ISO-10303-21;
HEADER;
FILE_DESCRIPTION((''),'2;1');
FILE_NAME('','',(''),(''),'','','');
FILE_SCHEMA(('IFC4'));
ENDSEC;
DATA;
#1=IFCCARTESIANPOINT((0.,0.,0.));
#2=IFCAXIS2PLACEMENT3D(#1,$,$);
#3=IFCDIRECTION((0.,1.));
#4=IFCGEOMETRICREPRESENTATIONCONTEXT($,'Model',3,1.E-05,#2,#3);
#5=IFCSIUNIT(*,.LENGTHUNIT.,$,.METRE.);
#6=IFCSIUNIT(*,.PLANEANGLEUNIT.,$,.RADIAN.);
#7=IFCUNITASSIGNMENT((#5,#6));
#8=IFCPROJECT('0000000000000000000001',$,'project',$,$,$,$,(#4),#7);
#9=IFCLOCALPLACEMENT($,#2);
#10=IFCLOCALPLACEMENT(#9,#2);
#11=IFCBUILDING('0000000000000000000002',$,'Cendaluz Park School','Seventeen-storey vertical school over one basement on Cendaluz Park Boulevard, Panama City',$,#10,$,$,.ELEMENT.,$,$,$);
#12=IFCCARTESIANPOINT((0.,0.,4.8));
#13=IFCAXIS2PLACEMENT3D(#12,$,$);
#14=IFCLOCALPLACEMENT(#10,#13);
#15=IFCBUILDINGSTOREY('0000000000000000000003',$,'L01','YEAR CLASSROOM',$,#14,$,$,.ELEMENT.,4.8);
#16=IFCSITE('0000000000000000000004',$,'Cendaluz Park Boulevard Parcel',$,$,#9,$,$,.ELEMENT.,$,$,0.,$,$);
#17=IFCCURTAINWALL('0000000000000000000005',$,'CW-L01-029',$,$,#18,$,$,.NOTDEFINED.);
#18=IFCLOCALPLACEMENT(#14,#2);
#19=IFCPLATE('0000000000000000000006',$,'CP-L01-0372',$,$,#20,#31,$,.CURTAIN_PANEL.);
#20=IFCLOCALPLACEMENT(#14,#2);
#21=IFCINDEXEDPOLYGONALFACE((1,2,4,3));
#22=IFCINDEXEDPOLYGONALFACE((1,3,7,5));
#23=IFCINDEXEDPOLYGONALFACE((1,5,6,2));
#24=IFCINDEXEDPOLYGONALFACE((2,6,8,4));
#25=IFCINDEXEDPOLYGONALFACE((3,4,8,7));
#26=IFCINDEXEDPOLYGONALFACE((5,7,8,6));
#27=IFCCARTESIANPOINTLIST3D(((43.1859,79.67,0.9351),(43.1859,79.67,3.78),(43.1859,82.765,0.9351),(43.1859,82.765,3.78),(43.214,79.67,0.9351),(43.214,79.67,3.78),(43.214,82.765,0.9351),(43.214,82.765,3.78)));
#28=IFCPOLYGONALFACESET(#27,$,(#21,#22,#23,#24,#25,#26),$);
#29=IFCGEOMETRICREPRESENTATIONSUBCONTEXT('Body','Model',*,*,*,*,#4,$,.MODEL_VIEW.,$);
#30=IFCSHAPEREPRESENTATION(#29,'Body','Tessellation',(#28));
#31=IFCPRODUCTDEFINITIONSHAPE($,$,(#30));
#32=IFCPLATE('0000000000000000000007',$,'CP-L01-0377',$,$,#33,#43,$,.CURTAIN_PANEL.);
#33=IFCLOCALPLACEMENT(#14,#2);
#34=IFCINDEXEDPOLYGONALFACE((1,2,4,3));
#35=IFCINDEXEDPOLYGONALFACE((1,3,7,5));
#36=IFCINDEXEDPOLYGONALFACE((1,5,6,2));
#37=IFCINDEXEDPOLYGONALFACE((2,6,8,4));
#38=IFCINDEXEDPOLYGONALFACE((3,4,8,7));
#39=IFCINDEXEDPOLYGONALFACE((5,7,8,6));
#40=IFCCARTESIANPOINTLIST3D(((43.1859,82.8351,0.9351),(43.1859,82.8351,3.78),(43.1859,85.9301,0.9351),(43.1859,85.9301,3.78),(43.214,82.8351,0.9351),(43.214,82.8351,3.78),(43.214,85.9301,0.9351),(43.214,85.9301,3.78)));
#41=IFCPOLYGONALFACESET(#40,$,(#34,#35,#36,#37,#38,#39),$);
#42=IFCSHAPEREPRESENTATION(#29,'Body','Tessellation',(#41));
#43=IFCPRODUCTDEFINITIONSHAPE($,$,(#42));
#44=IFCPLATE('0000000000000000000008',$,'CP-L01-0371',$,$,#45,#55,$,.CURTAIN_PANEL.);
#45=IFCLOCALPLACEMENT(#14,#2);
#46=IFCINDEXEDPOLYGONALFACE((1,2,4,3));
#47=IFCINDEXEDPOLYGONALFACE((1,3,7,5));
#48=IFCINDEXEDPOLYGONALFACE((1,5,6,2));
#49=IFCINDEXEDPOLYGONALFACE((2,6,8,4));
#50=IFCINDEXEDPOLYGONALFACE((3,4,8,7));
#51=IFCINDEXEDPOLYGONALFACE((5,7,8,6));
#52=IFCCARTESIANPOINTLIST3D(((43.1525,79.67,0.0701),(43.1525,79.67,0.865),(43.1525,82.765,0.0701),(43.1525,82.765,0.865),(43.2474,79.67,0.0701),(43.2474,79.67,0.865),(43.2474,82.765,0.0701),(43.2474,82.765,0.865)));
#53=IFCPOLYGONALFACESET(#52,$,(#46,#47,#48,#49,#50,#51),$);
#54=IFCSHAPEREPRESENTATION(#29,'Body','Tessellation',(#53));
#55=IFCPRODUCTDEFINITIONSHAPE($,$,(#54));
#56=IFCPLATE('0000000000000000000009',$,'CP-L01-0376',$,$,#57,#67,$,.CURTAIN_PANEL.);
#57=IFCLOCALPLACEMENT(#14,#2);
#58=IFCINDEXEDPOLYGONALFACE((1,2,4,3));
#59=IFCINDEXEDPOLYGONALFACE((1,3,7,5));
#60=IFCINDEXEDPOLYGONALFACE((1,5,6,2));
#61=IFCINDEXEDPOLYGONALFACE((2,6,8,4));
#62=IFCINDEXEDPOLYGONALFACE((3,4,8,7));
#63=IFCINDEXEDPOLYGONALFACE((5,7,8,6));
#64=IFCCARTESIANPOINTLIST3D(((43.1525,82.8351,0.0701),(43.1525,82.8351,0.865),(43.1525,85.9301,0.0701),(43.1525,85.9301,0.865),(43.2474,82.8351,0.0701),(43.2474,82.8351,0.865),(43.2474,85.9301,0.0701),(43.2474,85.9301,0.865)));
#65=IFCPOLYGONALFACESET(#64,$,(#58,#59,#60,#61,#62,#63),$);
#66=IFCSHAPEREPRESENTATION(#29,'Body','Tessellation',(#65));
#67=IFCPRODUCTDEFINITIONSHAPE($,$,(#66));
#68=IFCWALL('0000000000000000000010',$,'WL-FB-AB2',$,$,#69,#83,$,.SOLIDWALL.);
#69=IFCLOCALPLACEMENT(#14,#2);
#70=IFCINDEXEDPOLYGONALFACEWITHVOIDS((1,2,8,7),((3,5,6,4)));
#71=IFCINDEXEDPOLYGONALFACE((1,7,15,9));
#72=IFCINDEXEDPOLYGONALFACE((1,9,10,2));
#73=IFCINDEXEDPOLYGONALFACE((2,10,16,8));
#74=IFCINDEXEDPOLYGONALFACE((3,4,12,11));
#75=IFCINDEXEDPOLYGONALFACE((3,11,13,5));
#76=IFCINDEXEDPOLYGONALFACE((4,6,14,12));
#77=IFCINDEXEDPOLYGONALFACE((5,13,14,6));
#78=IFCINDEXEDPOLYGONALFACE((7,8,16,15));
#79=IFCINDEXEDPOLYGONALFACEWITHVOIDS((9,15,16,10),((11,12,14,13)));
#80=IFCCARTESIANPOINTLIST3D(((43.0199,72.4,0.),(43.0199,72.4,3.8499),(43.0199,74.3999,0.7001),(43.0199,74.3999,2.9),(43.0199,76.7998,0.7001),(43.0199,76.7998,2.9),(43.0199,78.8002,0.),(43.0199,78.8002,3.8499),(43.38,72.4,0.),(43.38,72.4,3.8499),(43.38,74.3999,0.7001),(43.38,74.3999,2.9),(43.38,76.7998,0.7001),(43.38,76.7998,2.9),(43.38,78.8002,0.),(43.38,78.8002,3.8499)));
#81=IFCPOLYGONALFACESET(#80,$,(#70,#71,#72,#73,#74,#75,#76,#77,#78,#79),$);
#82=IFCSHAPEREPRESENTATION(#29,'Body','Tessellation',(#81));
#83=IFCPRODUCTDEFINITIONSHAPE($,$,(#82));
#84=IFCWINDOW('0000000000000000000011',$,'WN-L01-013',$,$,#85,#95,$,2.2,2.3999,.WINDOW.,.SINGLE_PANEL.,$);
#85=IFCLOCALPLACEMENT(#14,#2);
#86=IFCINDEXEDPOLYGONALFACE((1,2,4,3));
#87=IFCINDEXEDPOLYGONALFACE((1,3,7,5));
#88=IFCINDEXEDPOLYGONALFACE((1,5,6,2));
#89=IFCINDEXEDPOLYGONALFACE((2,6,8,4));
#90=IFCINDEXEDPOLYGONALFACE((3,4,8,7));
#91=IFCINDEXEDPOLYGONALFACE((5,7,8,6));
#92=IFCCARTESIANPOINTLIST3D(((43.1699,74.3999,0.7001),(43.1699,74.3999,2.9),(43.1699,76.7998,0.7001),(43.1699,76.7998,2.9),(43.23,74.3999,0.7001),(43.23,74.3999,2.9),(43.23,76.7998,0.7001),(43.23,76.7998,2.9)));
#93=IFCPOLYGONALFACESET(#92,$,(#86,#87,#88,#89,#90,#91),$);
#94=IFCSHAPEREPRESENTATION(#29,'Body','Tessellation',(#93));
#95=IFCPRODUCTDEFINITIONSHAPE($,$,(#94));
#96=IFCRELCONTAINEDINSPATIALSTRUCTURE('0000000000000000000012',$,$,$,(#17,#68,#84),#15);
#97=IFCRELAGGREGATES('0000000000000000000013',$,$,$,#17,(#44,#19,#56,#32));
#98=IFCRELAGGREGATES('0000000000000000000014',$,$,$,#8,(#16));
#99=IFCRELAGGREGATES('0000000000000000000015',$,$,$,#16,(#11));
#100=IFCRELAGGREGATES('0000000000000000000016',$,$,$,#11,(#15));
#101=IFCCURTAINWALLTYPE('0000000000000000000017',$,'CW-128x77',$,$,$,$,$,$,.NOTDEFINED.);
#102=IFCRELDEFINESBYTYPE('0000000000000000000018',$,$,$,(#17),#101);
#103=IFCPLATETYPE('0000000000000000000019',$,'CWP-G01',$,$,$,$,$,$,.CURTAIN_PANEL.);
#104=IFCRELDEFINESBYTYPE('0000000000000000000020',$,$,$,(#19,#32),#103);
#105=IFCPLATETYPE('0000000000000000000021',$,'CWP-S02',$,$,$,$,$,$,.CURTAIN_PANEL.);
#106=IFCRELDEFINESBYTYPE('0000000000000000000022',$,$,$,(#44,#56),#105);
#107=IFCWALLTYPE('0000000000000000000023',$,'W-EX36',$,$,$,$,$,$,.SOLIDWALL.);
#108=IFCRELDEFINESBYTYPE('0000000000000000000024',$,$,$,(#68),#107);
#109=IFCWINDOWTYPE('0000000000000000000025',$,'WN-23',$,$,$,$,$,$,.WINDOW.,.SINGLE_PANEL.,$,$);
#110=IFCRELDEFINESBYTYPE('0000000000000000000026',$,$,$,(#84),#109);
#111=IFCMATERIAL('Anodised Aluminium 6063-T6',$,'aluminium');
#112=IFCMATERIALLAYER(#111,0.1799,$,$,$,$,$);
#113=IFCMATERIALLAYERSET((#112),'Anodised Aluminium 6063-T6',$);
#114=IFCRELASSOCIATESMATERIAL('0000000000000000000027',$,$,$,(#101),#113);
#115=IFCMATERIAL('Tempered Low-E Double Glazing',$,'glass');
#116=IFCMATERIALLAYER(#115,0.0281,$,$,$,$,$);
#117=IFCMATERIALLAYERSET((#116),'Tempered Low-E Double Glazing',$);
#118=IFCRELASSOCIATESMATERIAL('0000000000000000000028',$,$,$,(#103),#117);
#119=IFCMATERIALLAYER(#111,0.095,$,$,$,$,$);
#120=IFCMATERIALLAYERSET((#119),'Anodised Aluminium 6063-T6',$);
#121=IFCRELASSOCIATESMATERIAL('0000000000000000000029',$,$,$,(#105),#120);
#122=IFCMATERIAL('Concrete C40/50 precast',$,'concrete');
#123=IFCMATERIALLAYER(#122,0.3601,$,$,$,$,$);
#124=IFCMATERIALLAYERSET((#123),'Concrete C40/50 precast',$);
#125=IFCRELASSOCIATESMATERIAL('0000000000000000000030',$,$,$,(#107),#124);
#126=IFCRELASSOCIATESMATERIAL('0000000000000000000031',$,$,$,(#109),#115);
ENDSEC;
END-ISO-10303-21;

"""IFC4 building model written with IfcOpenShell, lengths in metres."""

from ifc_helpers import new_model, si_unit, direction, frame, frame_2d, origin, origin_2d, place, context, subcontext, project, spatial, rectangle, extrude, material, layer, layer_set, type_object, element, fill, aggregate, save


model = new_model("IFC4")

# Units and contexts
model_context = context("Model", 3, precision=1e-05, world=origin(), true_north=direction((0.0, 1.0)))
body_context = subcontext(model_context, "Body", "Model", "MODEL_VIEW")
ifc_project = project(units=[si_unit("LENGTHUNIT", "METRE"), si_unit("PLANEANGLEUNIT", "RADIAN")], contexts=[model_context])

# Site, building, storey
site_placement = place(None, origin())
site = spatial("IfcSite", under=ifc_project, at=site_placement, Name="Cendaluz Park Boulevard Parcel", CompositionType="ELEMENT", RefElevation=0.0)
building_placement = place(site_placement, origin())
building = spatial("IfcBuilding", under=site, at=building_placement, Name="Cendaluz Park School", Description="Seventeen-storey vertical school over one basement on Cendaluz Park Boulevard, Panama City", CompositionType="ELEMENT")
storey_placement = place(building_placement, frame((0.0, 0.0, 4.8)))
storey = spatial("IfcBuildingStorey", under=building, at=storey_placement, Name="L01", Description="YEAR CLASSROOM", CompositionType="ELEMENT", Elevation=4.8)

# Curtain wall, plates
ifc_material_1 = material(Name="Anodised Aluminium 6063-T6", Category="aluminium")
ifc_layer_1 = layer(ifc_material_1, 0.1799)
ifc_layer_set_1 = layer_set([ifc_layer_1], Name="Anodised Aluminium 6063-T6")
curtain_wall_type = type_object("IfcCurtainWallType", Name="CW-128x77", PredefinedType="NOTDEFINED", material=ifc_layer_set_1)
curtain_wall_placement = place(storey_placement, origin())
curtain_wall = element("IfcCurtainWall", 1, at=curtain_wall_placement, inside=storey, type_object=curtain_wall_type, Name="CW-L01-029", PredefinedType="NOTDEFINED")
ifc_material_2 = material(Name="Tempered Low-E Double Glazing", Category="glass")
ifc_layer_2 = layer(ifc_material_2, 0.0281)
ifc_layer_set_2 = layer_set([ifc_layer_2], Name="Tempered Low-E Double Glazing")
plate_type_1 = type_object("IfcPlateType", Name="CWP-G01", PredefinedType="CURTAIN_PANEL", material=ifc_layer_set_2)
plate_1_placement = place(storey_placement, frame((43.2, 81.2175, 0.9351), z_axis=(0.0, 0.0, 1.0), x_axis=(0.0, 1.0, 0.0)))
plate_1 = element("IfcPlate", 2, at=plate_1_placement, type_object=plate_type_1, Name="CP-L01-0372", PredefinedType="CURTAIN_PANEL", context=body_context, shape_type="SweptSolid", body=[
    extrude(rectangle(XDim=3.095, YDim=0.0281, at=origin_2d()), origin(), (0.0, 0.0, 1.0), 2.845),
])
plate_2_placement = place(storey_placement, frame((43.2, 84.3826, 0.9351), z_axis=(0.0, 0.0, 1.0), x_axis=(0.0, 1.0, 0.0)))
plate_2 = element("IfcPlate", 3, at=plate_2_placement, type_object=plate_type_1, Name="CP-L01-0377", PredefinedType="CURTAIN_PANEL", context=body_context, shape_type="SweptSolid", body=[
    extrude(rectangle(XDim=3.095, YDim=0.0281, at=origin_2d()), origin(), (0.0, 0.0, 1.0), 2.845),
])
ifc_layer_3 = layer(ifc_material_1, 0.095)
ifc_layer_set_3 = layer_set([ifc_layer_3], Name="Anodised Aluminium 6063-T6")
plate_type_2 = type_object("IfcPlateType", Name="CWP-S02", PredefinedType="CURTAIN_PANEL", material=ifc_layer_set_3)
plate_3_placement = place(storey_placement, frame((43.2, 81.2175, 0.0701), z_axis=(0.0, 0.0, 1.0), x_axis=(0.0, 1.0, 0.0)))
plate_3 = element("IfcPlate", 4, at=plate_3_placement, type_object=plate_type_2, Name="CP-L01-0371", PredefinedType="CURTAIN_PANEL", context=body_context, shape_type="SweptSolid", body=[
    extrude(rectangle(XDim=3.095, YDim=0.095, at=origin_2d()), origin(), (0.0, 0.0, 1.0), 0.7949),
])
plate_4_placement = place(storey_placement, frame((43.2, 84.3826, 0.0701), z_axis=(0.0, 0.0, 1.0), x_axis=(0.0, 1.0, 0.0)))
plate_4 = element("IfcPlate", 5, at=plate_4_placement, type_object=plate_type_2, Name="CP-L01-0376", PredefinedType="CURTAIN_PANEL", context=body_context, shape_type="SweptSolid", body=[
    extrude(rectangle(XDim=3.095, YDim=0.095, at=origin_2d()), origin(), (0.0, 0.0, 1.0), 0.7949),
])
aggregate(curtain_wall, [plate_3, plate_1, plate_4, plate_2])

# Wall, opening, window
ifc_material_3 = material(Name="Concrete C40/50 precast", Category="concrete")
ifc_layer_4 = layer(ifc_material_3, 0.3601)
ifc_layer_set_4 = layer_set([ifc_layer_4], Name="Concrete C40/50 precast")
wall_type = type_object("IfcWallType", Name="W-EX36", PredefinedType="SOLIDWALL", material=ifc_layer_set_4)
wall_placement = place(storey_placement, frame((43.2, 72.3999, 0.0), z_axis=(0.0, 0.0, 1.0), x_axis=(0.0, 1.0, 0.0)))
wall = element("IfcWall", 6, at=wall_placement, inside=storey, type_object=wall_type, Name="WL-FB-AB2", PredefinedType="SOLIDWALL", context=body_context, shape_type="SweptSolid", body=[
    extrude(rectangle(XDim=6.4001, YDim=0.3601, at=frame_2d((3.2002, 0.0))), origin(), (0.0, 0.0, 1.0), 3.8499),
])
opening_placement = place(wall_placement, frame((2.0, 0.0, 0.7)))
opening = element("IfcOpeningElement", 7, at=opening_placement, cuts=wall, PredefinedType="OPENING", context=body_context, shape_type="SweptSolid", body=[
    extrude(rectangle(XDim=2.3999, YDim=2.2, at=frame_2d((1.2, 1.1001))), frame((0.0, 0.1921, 0.0), z_axis=(0.0, -1.0, 0.0), x_axis=(1.0, 0.0, 0.0)), (0.0, 0.0, 1.0), 0.384),
])
window_type = type_object("IfcWindowType", Name="WN-23", PartitioningType="SINGLE_PANEL", PredefinedType="WINDOW", material=ifc_material_2)
window_placement = place(opening_placement, origin())
window = element("IfcWindow", 8, at=window_placement, inside=storey, type_object=window_type, Name="WN-L01-013", OverallHeight=2.2, OverallWidth=2.3999, PartitioningType="SINGLE_PANEL", PredefinedType="WINDOW", context=body_context, shape_type="SweptSolid", body=[
    extrude(rectangle(XDim=2.3999, YDim=2.2, at=frame_2d((1.2, 1.1001))), frame((0.0, 0.03, 0.0), z_axis=(0.0, -1.0, 0.0), x_axis=(1.0, 0.0, 0.0)), (0.0, 0.0, 1.0), 0.0601),
])
fill(opening, window)

save(model, "model.ifc")
